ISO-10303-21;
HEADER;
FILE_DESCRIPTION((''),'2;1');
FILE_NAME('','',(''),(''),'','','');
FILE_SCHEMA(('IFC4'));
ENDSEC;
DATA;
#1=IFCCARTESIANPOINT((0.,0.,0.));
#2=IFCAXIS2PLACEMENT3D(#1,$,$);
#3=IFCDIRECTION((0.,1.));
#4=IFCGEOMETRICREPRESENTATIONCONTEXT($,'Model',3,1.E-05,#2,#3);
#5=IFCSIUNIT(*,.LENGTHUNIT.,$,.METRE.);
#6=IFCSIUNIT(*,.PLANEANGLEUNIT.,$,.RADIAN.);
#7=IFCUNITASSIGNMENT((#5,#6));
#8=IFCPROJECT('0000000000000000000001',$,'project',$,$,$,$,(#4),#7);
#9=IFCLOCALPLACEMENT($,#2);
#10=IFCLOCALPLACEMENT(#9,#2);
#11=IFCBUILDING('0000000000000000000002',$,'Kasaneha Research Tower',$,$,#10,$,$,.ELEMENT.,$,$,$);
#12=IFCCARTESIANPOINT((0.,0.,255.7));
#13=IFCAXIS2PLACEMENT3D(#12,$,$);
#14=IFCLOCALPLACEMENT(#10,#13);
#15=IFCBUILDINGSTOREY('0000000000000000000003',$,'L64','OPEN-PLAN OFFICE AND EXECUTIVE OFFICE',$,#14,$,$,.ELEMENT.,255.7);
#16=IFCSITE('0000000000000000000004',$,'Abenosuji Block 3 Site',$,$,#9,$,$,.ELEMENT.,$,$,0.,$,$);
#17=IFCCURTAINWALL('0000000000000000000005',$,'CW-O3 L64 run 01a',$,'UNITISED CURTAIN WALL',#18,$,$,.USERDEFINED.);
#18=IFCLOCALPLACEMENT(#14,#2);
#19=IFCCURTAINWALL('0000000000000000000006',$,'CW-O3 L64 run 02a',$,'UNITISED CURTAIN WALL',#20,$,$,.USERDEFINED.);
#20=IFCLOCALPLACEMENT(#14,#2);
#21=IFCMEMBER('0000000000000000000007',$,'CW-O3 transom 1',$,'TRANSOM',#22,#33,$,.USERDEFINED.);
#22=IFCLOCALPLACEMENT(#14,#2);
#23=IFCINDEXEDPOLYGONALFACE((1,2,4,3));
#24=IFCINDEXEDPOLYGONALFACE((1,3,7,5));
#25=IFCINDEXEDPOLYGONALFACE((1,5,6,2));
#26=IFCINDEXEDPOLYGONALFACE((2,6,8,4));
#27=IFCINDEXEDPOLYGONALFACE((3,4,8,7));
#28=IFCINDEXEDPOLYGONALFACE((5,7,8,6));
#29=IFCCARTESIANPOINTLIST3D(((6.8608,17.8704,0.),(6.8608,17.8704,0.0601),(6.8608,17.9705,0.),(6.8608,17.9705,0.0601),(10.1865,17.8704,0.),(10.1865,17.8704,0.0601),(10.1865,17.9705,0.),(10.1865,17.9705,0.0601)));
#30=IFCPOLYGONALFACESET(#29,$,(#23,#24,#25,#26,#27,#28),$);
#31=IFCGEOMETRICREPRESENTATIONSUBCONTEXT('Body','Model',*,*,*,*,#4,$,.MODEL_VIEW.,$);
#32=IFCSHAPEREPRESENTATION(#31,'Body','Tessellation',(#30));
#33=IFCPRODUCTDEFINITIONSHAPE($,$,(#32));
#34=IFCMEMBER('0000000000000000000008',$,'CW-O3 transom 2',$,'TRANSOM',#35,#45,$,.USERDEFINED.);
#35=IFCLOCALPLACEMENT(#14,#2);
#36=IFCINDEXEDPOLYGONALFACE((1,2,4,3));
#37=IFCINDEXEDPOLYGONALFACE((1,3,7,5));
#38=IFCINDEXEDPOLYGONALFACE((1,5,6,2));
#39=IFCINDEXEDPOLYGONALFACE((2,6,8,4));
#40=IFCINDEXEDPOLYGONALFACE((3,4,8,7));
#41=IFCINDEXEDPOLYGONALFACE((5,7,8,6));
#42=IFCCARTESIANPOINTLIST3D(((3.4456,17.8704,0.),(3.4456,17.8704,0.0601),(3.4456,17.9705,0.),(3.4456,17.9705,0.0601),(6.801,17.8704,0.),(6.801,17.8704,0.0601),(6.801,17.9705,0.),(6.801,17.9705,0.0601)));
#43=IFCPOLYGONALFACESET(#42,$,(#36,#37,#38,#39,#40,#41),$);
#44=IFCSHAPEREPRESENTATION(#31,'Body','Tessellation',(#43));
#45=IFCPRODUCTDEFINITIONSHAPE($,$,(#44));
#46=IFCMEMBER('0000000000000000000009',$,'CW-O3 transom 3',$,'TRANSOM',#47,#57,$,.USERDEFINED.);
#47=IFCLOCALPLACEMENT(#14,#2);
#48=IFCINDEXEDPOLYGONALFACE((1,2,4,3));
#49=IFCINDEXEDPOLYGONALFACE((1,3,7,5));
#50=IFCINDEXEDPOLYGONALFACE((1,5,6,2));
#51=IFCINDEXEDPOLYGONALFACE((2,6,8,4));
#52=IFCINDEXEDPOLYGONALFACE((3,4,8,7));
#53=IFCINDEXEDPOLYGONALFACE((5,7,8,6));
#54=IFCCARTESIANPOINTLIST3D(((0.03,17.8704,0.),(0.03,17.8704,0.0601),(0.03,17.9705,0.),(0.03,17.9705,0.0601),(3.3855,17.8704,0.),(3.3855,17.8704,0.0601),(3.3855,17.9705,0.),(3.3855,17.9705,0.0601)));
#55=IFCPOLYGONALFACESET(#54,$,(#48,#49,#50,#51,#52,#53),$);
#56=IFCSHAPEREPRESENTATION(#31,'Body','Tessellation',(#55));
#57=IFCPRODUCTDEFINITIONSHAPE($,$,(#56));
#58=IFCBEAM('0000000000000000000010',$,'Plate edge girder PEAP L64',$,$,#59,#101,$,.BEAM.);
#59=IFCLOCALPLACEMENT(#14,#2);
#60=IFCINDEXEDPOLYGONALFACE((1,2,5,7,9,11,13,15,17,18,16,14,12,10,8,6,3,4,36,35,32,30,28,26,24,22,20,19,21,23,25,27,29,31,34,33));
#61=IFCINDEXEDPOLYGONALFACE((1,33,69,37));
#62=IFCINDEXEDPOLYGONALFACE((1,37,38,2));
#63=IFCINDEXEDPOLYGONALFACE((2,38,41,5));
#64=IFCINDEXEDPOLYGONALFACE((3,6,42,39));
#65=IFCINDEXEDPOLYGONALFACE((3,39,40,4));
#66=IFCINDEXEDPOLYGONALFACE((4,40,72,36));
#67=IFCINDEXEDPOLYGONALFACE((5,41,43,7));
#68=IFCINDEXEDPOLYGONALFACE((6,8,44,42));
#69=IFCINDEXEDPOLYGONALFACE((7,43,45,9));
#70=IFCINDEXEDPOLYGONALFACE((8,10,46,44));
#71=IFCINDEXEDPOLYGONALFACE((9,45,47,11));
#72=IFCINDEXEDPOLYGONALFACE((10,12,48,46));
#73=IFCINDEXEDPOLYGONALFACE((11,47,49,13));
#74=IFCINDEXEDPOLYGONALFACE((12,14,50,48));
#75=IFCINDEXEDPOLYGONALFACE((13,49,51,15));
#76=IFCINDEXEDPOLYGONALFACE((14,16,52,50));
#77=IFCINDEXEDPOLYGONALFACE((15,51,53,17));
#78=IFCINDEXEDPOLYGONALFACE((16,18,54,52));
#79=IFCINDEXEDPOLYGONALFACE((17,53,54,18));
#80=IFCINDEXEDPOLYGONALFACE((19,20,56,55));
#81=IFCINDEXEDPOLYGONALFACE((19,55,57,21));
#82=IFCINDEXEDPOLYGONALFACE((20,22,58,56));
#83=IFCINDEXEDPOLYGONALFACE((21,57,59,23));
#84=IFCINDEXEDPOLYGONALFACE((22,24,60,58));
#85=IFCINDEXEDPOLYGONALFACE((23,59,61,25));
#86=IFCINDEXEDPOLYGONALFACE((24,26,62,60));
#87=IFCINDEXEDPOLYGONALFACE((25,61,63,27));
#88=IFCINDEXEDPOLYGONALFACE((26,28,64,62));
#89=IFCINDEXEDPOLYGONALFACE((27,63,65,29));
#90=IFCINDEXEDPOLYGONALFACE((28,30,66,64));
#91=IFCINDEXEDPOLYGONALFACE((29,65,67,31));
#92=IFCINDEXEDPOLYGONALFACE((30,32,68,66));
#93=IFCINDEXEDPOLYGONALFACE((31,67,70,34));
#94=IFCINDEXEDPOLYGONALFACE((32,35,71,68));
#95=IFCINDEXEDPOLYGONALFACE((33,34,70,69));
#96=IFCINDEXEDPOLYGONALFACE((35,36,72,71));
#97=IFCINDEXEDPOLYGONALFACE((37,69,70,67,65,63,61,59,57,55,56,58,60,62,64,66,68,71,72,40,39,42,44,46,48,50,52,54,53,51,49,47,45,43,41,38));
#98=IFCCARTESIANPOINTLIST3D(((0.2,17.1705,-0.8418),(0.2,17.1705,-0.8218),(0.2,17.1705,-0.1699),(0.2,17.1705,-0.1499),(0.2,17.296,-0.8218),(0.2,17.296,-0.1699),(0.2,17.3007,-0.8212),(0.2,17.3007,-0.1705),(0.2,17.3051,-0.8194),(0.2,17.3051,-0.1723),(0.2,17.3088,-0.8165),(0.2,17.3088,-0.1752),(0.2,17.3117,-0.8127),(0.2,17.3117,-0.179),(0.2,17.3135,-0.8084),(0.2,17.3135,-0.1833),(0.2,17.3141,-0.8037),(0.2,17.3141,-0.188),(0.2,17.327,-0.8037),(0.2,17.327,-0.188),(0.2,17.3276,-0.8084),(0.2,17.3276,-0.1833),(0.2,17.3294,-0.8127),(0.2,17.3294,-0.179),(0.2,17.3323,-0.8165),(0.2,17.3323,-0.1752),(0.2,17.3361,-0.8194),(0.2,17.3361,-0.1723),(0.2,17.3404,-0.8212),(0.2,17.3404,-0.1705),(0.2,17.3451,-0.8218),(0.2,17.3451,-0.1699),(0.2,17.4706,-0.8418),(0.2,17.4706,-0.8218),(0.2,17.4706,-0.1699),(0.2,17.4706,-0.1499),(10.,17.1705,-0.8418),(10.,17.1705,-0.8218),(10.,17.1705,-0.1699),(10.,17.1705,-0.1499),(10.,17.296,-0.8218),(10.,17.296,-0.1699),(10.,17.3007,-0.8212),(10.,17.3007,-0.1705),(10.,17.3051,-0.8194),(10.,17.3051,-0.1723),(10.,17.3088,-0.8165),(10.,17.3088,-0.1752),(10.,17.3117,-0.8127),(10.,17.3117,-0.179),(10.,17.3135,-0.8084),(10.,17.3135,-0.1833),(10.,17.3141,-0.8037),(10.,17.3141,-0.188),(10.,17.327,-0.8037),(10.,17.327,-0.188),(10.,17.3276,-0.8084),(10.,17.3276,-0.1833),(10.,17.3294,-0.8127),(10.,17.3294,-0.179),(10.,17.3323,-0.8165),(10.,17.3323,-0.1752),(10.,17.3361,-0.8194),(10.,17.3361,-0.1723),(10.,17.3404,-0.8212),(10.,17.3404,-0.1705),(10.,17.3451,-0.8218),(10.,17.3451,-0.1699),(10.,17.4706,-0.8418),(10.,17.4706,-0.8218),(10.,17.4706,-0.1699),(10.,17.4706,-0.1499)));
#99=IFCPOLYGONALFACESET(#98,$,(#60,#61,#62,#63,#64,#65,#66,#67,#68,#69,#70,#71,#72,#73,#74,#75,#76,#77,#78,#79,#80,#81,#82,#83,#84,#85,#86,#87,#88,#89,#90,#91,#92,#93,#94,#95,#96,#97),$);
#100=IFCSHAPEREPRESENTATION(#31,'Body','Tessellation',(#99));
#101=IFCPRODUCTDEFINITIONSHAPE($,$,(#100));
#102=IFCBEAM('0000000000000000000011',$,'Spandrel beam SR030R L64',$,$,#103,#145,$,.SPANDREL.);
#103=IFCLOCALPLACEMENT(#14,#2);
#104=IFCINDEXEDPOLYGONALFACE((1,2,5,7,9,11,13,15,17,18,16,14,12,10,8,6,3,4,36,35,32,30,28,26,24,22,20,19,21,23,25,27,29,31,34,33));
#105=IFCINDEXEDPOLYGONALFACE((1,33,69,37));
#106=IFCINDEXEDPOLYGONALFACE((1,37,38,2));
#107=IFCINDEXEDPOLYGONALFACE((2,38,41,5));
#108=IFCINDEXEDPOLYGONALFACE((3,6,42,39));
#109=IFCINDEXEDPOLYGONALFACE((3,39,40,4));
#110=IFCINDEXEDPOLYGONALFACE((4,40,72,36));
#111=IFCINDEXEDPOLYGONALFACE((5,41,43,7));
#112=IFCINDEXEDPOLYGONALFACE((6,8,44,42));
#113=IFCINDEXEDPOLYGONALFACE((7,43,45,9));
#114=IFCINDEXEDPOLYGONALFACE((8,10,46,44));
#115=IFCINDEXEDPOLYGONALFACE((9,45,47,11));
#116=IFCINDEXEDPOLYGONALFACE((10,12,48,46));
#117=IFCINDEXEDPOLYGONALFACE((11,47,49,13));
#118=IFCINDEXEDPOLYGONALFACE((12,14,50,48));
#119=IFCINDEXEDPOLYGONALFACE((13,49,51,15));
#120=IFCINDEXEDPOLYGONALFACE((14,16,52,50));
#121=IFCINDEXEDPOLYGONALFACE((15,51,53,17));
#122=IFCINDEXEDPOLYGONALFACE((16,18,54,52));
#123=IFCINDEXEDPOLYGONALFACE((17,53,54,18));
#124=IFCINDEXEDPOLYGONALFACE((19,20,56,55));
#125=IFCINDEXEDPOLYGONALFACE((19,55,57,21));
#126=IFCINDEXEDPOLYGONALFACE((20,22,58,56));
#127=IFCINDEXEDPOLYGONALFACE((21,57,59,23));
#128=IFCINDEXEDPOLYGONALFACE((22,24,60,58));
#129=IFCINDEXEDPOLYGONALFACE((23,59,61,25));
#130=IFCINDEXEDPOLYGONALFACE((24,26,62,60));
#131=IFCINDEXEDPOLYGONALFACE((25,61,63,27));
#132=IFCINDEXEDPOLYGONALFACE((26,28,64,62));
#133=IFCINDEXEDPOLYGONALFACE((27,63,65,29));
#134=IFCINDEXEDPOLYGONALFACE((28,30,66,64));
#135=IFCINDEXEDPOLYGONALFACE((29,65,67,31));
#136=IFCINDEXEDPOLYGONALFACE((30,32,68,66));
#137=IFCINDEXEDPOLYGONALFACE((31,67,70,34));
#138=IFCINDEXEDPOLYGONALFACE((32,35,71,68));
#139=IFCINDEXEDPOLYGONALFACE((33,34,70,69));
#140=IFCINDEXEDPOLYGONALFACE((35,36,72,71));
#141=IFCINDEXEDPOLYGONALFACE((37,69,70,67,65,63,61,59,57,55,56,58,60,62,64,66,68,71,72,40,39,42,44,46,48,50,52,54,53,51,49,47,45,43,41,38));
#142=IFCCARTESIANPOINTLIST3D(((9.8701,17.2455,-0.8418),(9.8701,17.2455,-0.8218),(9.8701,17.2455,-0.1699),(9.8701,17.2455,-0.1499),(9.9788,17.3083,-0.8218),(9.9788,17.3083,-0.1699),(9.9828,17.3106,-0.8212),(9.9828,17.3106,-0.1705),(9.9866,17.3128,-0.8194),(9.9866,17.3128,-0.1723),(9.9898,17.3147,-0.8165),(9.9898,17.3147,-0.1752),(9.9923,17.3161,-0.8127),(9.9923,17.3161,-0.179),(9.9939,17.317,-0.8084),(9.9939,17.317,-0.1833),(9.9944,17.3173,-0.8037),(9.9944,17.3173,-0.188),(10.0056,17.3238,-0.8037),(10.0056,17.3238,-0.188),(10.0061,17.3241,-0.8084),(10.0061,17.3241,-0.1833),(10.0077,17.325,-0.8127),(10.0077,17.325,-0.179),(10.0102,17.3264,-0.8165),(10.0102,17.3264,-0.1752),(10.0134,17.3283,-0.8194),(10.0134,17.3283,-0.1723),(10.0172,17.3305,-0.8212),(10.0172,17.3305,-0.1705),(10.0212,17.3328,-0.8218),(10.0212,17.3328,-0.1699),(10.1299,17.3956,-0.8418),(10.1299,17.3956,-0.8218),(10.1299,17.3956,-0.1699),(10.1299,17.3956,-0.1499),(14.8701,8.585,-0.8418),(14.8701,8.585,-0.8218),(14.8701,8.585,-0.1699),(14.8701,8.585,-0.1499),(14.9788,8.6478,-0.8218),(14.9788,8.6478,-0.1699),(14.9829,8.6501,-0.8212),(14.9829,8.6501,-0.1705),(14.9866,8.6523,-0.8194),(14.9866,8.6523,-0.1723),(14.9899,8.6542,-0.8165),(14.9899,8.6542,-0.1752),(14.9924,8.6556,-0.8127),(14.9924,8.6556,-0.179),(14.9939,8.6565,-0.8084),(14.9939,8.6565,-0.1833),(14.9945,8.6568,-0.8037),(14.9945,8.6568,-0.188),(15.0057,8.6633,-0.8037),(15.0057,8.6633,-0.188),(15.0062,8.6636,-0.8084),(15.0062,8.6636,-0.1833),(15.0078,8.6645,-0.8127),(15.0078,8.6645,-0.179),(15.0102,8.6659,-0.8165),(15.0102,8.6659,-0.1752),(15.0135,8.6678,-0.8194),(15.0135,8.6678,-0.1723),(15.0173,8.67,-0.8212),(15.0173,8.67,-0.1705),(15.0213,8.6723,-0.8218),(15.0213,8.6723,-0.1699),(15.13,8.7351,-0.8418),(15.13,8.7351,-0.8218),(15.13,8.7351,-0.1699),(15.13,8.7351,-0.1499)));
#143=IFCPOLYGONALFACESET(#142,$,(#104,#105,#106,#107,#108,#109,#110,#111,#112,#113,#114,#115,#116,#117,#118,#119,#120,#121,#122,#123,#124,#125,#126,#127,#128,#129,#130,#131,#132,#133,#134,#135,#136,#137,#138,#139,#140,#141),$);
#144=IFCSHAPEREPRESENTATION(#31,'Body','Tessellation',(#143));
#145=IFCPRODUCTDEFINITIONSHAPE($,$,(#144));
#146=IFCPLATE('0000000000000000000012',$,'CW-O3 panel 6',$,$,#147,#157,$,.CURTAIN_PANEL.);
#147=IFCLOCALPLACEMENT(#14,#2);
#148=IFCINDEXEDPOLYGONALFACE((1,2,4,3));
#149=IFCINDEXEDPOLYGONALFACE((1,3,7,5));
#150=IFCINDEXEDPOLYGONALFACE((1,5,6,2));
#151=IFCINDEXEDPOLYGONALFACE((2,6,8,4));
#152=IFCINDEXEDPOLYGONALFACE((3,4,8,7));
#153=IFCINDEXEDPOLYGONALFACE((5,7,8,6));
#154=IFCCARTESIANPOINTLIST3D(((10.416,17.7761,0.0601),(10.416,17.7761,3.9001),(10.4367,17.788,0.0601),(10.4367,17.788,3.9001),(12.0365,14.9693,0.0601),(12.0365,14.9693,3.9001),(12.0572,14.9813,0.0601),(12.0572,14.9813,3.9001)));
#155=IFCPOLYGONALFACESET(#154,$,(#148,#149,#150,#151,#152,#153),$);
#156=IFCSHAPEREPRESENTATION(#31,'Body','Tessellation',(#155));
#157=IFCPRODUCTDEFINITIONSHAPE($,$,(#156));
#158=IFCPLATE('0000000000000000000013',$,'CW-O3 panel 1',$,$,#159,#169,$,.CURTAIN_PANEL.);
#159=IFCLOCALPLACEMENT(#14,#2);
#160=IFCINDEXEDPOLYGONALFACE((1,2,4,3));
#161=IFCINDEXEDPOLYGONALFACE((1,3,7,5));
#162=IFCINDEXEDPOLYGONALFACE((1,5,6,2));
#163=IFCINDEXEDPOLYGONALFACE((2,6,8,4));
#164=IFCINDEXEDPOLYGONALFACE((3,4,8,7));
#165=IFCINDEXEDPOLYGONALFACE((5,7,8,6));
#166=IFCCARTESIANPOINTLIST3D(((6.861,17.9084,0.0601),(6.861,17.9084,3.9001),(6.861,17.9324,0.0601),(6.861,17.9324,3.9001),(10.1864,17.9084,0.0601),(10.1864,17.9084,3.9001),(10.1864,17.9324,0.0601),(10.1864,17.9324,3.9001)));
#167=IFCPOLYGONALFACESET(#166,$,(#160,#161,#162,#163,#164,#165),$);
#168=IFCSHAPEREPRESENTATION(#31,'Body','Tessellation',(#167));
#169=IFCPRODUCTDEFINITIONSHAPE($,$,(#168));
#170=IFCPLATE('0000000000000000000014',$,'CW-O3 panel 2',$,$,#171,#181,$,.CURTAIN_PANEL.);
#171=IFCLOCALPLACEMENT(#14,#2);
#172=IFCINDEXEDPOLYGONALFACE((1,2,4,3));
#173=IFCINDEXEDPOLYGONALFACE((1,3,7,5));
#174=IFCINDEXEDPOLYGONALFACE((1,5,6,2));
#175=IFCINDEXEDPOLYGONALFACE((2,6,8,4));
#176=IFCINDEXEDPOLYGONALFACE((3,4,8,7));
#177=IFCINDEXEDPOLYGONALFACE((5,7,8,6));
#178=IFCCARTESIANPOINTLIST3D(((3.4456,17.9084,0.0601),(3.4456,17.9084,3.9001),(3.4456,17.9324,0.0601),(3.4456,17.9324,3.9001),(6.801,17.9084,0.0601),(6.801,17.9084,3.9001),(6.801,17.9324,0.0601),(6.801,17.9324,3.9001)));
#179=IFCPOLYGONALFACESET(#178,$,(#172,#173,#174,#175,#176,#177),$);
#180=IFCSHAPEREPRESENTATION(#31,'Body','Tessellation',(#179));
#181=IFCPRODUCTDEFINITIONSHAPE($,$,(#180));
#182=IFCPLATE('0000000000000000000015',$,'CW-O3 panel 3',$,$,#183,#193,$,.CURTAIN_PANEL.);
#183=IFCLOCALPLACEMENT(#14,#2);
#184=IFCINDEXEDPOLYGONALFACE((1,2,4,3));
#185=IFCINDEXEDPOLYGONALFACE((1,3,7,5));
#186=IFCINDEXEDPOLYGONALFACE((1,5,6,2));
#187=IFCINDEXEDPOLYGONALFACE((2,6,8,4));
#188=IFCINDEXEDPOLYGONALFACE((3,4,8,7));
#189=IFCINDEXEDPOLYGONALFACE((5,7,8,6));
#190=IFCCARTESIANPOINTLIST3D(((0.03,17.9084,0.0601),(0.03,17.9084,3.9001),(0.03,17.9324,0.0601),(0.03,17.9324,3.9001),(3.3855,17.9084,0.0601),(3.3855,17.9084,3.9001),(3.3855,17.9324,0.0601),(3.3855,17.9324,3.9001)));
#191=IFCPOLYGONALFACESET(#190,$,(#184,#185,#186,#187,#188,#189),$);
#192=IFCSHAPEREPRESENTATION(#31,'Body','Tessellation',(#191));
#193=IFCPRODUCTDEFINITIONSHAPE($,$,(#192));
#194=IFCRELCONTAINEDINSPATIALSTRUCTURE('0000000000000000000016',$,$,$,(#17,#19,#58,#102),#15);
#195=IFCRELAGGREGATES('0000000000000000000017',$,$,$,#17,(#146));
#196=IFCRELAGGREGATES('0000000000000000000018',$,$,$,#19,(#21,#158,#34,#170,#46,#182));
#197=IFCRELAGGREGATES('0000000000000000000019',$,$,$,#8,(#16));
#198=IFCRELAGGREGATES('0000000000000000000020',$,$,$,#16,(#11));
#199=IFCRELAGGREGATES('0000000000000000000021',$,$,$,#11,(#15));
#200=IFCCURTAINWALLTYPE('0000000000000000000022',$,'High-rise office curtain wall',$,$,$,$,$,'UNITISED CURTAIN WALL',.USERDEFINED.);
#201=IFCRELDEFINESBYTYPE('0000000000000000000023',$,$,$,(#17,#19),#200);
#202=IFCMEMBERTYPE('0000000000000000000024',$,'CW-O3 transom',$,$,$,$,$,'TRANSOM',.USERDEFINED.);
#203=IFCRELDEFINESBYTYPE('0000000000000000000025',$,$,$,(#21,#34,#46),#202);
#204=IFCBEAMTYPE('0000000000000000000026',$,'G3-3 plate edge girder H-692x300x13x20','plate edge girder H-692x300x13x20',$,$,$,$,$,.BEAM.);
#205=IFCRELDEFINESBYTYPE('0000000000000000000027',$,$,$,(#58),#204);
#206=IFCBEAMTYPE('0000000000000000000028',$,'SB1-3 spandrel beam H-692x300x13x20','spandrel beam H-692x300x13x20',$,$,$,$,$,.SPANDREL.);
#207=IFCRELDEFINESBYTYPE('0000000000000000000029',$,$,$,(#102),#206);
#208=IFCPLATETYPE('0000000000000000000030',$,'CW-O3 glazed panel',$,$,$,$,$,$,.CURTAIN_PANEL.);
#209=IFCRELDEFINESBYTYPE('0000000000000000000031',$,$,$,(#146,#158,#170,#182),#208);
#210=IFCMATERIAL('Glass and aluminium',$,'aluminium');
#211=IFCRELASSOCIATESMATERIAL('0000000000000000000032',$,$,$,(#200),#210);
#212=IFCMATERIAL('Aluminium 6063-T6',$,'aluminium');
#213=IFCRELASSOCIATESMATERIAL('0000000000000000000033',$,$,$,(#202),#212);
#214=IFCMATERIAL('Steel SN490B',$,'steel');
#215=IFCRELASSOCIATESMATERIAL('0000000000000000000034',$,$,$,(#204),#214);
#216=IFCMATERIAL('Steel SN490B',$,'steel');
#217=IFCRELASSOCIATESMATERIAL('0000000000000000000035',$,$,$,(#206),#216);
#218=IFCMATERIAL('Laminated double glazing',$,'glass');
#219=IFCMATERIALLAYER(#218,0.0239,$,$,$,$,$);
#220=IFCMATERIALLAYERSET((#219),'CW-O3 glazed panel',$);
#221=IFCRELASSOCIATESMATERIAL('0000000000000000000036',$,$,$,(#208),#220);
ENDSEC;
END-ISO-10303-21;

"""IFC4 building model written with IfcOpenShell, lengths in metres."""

from ifc_helpers import new_model, si_unit, direction, frame, origin, origin_2d, place, context, subcontext, project, spatial, rectangle, i_section, extrude, material, layer, layer_set, material_profile, profile_set, type_object, element, aggregate, save


model = new_model("IFC4")

# Units and contexts
model_context = context("Model", 3, precision=1e-05, world=origin(), true_north=direction((0.0, 1.0)))
body_context = subcontext(model_context, "Body", "Model", "MODEL_VIEW")
ifc_project = project(units=[si_unit("LENGTHUNIT", "METRE"), si_unit("PLANEANGLEUNIT", "RADIAN")], contexts=[model_context])

# Site, building, storey
site_placement = place(None, origin())
site = spatial("IfcSite", under=ifc_project, at=site_placement, Name="Abenosuji Block 3 Site", CompositionType="ELEMENT", RefElevation=0.0)
building_placement = place(site_placement, origin())
building = spatial("IfcBuilding", under=site, at=building_placement, Name="Kasaneha Research Tower", CompositionType="ELEMENT")
storey_placement = place(building_placement, frame((0.0, 0.0, 255.7)))
storey = spatial("IfcBuildingStorey", under=building, at=storey_placement, Name="L64", Description="OPEN-PLAN OFFICE AND EXECUTIVE OFFICE", CompositionType="ELEMENT", Elevation=255.7)

# Curtain wall
ifc_material_1 = material(Name="Glass and aluminium", Category="aluminium")
curtain_wall_type = type_object("IfcCurtainWallType", Name="High-rise office curtain wall", ElementType="UNITISED CURTAIN WALL", PredefinedType="USERDEFINED", material=ifc_material_1)
curtain_wall_1_placement = place(storey_placement, origin())
curtain_wall_1 = element("IfcCurtainWall", 1, at=curtain_wall_1_placement, inside=storey, type_object=curtain_wall_type, Name="CW-O3 L64 run 01a", ObjectType="UNITISED CURTAIN WALL", PredefinedType="USERDEFINED")

# Curtain wall
curtain_wall_2_placement = place(storey_placement, origin())
curtain_wall_2 = element("IfcCurtainWall", 2, at=curtain_wall_2_placement, inside=storey, type_object=curtain_wall_type, Name="CW-O3 L64 run 02a", ObjectType="UNITISED CURTAIN WALL", PredefinedType="USERDEFINED")

# Members
ifc_material_2 = material(Name="Aluminium 6063-T6", Category="aluminium")
ifc_material_profile_1 = material_profile(ifc_material_2, rectangle(XDim=0.1001, YDim=0.0601, at=origin_2d()), Name="CW-O3 transom 100x60")
ifc_profile_set_1 = profile_set([ifc_material_profile_1], Name="Aluminium 6063-T6")
member_type_1 = type_object("IfcMemberType", Name="CW-O3 transom", ElementType="TRANSOM", PredefinedType="USERDEFINED", material=ifc_profile_set_1)
member_1_placement = place(storey_placement, frame((10.1865, 17.9204, 0.03), z_axis=(-1.0, 0.0, 0.0), x_axis=(0.0, -1.0, 0.0)))
member_1 = element("IfcMember", 3, at=member_1_placement, type_object=member_type_1, Name="CW-O3 transom 1", ObjectType="TRANSOM", PredefinedType="USERDEFINED", context=body_context, shape_type="SweptSolid", body=[
    extrude(rectangle(XDim=0.1001, YDim=0.0601, at=origin_2d()), origin(), (0.0, 0.0, 1.0), 3.3257),
])
member_2_placement = place(storey_placement, frame((6.801, 17.9204, 0.03), z_axis=(-1.0, 0.0, 0.0), x_axis=(0.0, -1.0, 0.0)))
member_2 = element("IfcMember", 4, at=member_2_placement, type_object=member_type_1, Name="CW-O3 transom 2", ObjectType="TRANSOM", PredefinedType="USERDEFINED", context=body_context, shape_type="SweptSolid", body=[
    extrude(rectangle(XDim=0.1001, YDim=0.0601, at=origin_2d()), origin(), (0.0, 0.0, 1.0), 3.3555),
])
member_3_placement = place(storey_placement, frame((3.3855, 17.9204, 0.03), z_axis=(-1.0, 0.0, 0.0), x_axis=(0.0, -1.0, 0.0)))
member_3 = element("IfcMember", 5, at=member_3_placement, type_object=member_type_1, Name="CW-O3 transom 3", ObjectType="TRANSOM", PredefinedType="USERDEFINED", context=body_context, shape_type="SweptSolid", body=[
    extrude(rectangle(XDim=0.1001, YDim=0.0601, at=origin_2d()), origin(), (0.0, 0.0, 1.0), 3.3555),
])

# Beams
ifc_material_3 = material(Name="Steel SN490B", Category="steel")
ifc_material_profile_2 = material_profile(ifc_material_3, i_section(OverallWidth=0.3, OverallDepth=0.6919, WebThickness=0.0129, FlangeThickness=0.02, FilletRadius=0.0181, at=origin_2d()), Name="H-692x300x13x20")
ifc_profile_set_2 = profile_set([ifc_material_profile_2], Name="Steel SN490B")
beam_type_1 = type_object("IfcBeamType", Name="G3-3 plate edge girder H-692x300x13x20", Description="plate edge girder H-692x300x13x20", PredefinedType="BEAM", material=ifc_profile_set_2)
beam_1_placement = place(storey_placement, frame((10.0, 17.3206, -0.4958), z_axis=(-1.0, 0.0, 0.0), x_axis=(0.0, -1.0, 0.0)))
element("IfcBeam", 6, at=beam_1_placement, inside=storey, type_object=beam_type_1, Name="Plate edge girder PEAP L64", PredefinedType="BEAM", context=body_context, shape_type="SweptSolid", body=[
    extrude(i_section(OverallWidth=0.3, OverallDepth=0.6919, WebThickness=0.0129, FlangeThickness=0.02, FilletRadius=0.0181, at=origin_2d()), origin(), (0.0, 0.0, 1.0), 9.8),
])
ifc_material_4 = material(Name="Steel SN490B", Category="steel")
ifc_material_profile_3 = material_profile(ifc_material_4, i_section(OverallWidth=0.3, OverallDepth=0.6919, WebThickness=0.0129, FlangeThickness=0.02, FilletRadius=0.0181, at=origin_2d()), Name="H-692x300x13x20")
ifc_profile_set_3 = profile_set([ifc_material_profile_3], Name="Steel SN490B")
beam_type_2 = type_object("IfcBeamType", Name="SB1-3 spandrel beam H-692x300x13x20", Description="spandrel beam H-692x300x13x20", PredefinedType="SPANDREL", material=ifc_profile_set_3)
beam_2_placement = place(storey_placement, frame((10.0, 17.3206, -0.4958), z_axis=(0.499994, -0.866029, 0.0), x_axis=(0.866029, 0.499994, 0.0)))
element("IfcBeam", 7, at=beam_2_placement, inside=storey, type_object=beam_type_2, Name="Spandrel beam SR030R L64", PredefinedType="SPANDREL", context=body_context, shape_type="SweptSolid", body=[
    extrude(i_section(OverallWidth=0.3, OverallDepth=0.6919, WebThickness=0.0129, FlangeThickness=0.02, FilletRadius=0.0181, at=origin_2d()), origin(), (0.0, 0.0, 1.0), 10.0002),
])

# Plates
ifc_material_5 = material(Name="Laminated double glazing", Category="glass")
ifc_layer_1 = layer(ifc_material_5, 0.0239)
ifc_layer_set_1 = layer_set([ifc_layer_1], Name="CW-O3 glazed panel")
plate_type = type_object("IfcPlateType", Name="CW-O3 glazed panel", PredefinedType="CURTAIN_PANEL", material=ifc_layer_set_1)
plate_1_placement = place(storey_placement, frame((11.2366, 16.3787, 0.0601), z_axis=(0.0, 0.0, 1.0), x_axis=(-0.5, 0.866025, 0.0)))
plate_1 = element("IfcPlate", 8, at=plate_1_placement, type_object=plate_type, Name="CW-O3 panel 6", PredefinedType="CURTAIN_PANEL", context=body_context, shape_type="SweptSolid", body=[
    extrude(rectangle(XDim=3.241, YDim=0.0239, at=origin_2d()), origin(), (0.0, 0.0, 1.0), 3.8401),
])
aggregate(curtain_wall_1, [plate_1])
plate_2_placement = place(storey_placement, frame((8.5237, 17.9204, 0.0601), z_axis=(0.0, 0.0, 1.0), x_axis=(-1.0, 0.0, 0.0)))
plate_2 = element("IfcPlate", 9, at=plate_2_placement, type_object=plate_type, Name="CW-O3 panel 1", PredefinedType="CURTAIN_PANEL", context=body_context, shape_type="SweptSolid", body=[
    extrude(rectangle(XDim=3.3254, YDim=0.0239, at=origin_2d()), origin(), (0.0, 0.0, 1.0), 3.8401),
])
plate_3_placement = place(storey_placement, frame((5.1233, 17.9204, 0.0601), z_axis=(0.0, 0.0, 1.0), x_axis=(-1.0, 0.0, 0.0)))
plate_3 = element("IfcPlate", 10, at=plate_3_placement, type_object=plate_type, Name="CW-O3 panel 2", PredefinedType="CURTAIN_PANEL", context=body_context, shape_type="SweptSolid", body=[
    extrude(rectangle(XDim=3.3555, YDim=0.0239, at=origin_2d()), origin(), (0.0, 0.0, 1.0), 3.8401),
])
plate_4_placement = place(storey_placement, frame((1.7078, 17.9204, 0.0601), z_axis=(0.0, 0.0, 1.0), x_axis=(-1.0, 0.0, 0.0)))
plate_4 = element("IfcPlate", 11, at=plate_4_placement, type_object=plate_type, Name="CW-O3 panel 3", PredefinedType="CURTAIN_PANEL", context=body_context, shape_type="SweptSolid", body=[
    extrude(rectangle(XDim=3.3555, YDim=0.0239, at=origin_2d()), origin(), (0.0, 0.0, 1.0), 3.8401),
])
aggregate(curtain_wall_2, [member_1, plate_2, member_2, plate_3, member_3, plate_4])

save(model, "model.ifc")
